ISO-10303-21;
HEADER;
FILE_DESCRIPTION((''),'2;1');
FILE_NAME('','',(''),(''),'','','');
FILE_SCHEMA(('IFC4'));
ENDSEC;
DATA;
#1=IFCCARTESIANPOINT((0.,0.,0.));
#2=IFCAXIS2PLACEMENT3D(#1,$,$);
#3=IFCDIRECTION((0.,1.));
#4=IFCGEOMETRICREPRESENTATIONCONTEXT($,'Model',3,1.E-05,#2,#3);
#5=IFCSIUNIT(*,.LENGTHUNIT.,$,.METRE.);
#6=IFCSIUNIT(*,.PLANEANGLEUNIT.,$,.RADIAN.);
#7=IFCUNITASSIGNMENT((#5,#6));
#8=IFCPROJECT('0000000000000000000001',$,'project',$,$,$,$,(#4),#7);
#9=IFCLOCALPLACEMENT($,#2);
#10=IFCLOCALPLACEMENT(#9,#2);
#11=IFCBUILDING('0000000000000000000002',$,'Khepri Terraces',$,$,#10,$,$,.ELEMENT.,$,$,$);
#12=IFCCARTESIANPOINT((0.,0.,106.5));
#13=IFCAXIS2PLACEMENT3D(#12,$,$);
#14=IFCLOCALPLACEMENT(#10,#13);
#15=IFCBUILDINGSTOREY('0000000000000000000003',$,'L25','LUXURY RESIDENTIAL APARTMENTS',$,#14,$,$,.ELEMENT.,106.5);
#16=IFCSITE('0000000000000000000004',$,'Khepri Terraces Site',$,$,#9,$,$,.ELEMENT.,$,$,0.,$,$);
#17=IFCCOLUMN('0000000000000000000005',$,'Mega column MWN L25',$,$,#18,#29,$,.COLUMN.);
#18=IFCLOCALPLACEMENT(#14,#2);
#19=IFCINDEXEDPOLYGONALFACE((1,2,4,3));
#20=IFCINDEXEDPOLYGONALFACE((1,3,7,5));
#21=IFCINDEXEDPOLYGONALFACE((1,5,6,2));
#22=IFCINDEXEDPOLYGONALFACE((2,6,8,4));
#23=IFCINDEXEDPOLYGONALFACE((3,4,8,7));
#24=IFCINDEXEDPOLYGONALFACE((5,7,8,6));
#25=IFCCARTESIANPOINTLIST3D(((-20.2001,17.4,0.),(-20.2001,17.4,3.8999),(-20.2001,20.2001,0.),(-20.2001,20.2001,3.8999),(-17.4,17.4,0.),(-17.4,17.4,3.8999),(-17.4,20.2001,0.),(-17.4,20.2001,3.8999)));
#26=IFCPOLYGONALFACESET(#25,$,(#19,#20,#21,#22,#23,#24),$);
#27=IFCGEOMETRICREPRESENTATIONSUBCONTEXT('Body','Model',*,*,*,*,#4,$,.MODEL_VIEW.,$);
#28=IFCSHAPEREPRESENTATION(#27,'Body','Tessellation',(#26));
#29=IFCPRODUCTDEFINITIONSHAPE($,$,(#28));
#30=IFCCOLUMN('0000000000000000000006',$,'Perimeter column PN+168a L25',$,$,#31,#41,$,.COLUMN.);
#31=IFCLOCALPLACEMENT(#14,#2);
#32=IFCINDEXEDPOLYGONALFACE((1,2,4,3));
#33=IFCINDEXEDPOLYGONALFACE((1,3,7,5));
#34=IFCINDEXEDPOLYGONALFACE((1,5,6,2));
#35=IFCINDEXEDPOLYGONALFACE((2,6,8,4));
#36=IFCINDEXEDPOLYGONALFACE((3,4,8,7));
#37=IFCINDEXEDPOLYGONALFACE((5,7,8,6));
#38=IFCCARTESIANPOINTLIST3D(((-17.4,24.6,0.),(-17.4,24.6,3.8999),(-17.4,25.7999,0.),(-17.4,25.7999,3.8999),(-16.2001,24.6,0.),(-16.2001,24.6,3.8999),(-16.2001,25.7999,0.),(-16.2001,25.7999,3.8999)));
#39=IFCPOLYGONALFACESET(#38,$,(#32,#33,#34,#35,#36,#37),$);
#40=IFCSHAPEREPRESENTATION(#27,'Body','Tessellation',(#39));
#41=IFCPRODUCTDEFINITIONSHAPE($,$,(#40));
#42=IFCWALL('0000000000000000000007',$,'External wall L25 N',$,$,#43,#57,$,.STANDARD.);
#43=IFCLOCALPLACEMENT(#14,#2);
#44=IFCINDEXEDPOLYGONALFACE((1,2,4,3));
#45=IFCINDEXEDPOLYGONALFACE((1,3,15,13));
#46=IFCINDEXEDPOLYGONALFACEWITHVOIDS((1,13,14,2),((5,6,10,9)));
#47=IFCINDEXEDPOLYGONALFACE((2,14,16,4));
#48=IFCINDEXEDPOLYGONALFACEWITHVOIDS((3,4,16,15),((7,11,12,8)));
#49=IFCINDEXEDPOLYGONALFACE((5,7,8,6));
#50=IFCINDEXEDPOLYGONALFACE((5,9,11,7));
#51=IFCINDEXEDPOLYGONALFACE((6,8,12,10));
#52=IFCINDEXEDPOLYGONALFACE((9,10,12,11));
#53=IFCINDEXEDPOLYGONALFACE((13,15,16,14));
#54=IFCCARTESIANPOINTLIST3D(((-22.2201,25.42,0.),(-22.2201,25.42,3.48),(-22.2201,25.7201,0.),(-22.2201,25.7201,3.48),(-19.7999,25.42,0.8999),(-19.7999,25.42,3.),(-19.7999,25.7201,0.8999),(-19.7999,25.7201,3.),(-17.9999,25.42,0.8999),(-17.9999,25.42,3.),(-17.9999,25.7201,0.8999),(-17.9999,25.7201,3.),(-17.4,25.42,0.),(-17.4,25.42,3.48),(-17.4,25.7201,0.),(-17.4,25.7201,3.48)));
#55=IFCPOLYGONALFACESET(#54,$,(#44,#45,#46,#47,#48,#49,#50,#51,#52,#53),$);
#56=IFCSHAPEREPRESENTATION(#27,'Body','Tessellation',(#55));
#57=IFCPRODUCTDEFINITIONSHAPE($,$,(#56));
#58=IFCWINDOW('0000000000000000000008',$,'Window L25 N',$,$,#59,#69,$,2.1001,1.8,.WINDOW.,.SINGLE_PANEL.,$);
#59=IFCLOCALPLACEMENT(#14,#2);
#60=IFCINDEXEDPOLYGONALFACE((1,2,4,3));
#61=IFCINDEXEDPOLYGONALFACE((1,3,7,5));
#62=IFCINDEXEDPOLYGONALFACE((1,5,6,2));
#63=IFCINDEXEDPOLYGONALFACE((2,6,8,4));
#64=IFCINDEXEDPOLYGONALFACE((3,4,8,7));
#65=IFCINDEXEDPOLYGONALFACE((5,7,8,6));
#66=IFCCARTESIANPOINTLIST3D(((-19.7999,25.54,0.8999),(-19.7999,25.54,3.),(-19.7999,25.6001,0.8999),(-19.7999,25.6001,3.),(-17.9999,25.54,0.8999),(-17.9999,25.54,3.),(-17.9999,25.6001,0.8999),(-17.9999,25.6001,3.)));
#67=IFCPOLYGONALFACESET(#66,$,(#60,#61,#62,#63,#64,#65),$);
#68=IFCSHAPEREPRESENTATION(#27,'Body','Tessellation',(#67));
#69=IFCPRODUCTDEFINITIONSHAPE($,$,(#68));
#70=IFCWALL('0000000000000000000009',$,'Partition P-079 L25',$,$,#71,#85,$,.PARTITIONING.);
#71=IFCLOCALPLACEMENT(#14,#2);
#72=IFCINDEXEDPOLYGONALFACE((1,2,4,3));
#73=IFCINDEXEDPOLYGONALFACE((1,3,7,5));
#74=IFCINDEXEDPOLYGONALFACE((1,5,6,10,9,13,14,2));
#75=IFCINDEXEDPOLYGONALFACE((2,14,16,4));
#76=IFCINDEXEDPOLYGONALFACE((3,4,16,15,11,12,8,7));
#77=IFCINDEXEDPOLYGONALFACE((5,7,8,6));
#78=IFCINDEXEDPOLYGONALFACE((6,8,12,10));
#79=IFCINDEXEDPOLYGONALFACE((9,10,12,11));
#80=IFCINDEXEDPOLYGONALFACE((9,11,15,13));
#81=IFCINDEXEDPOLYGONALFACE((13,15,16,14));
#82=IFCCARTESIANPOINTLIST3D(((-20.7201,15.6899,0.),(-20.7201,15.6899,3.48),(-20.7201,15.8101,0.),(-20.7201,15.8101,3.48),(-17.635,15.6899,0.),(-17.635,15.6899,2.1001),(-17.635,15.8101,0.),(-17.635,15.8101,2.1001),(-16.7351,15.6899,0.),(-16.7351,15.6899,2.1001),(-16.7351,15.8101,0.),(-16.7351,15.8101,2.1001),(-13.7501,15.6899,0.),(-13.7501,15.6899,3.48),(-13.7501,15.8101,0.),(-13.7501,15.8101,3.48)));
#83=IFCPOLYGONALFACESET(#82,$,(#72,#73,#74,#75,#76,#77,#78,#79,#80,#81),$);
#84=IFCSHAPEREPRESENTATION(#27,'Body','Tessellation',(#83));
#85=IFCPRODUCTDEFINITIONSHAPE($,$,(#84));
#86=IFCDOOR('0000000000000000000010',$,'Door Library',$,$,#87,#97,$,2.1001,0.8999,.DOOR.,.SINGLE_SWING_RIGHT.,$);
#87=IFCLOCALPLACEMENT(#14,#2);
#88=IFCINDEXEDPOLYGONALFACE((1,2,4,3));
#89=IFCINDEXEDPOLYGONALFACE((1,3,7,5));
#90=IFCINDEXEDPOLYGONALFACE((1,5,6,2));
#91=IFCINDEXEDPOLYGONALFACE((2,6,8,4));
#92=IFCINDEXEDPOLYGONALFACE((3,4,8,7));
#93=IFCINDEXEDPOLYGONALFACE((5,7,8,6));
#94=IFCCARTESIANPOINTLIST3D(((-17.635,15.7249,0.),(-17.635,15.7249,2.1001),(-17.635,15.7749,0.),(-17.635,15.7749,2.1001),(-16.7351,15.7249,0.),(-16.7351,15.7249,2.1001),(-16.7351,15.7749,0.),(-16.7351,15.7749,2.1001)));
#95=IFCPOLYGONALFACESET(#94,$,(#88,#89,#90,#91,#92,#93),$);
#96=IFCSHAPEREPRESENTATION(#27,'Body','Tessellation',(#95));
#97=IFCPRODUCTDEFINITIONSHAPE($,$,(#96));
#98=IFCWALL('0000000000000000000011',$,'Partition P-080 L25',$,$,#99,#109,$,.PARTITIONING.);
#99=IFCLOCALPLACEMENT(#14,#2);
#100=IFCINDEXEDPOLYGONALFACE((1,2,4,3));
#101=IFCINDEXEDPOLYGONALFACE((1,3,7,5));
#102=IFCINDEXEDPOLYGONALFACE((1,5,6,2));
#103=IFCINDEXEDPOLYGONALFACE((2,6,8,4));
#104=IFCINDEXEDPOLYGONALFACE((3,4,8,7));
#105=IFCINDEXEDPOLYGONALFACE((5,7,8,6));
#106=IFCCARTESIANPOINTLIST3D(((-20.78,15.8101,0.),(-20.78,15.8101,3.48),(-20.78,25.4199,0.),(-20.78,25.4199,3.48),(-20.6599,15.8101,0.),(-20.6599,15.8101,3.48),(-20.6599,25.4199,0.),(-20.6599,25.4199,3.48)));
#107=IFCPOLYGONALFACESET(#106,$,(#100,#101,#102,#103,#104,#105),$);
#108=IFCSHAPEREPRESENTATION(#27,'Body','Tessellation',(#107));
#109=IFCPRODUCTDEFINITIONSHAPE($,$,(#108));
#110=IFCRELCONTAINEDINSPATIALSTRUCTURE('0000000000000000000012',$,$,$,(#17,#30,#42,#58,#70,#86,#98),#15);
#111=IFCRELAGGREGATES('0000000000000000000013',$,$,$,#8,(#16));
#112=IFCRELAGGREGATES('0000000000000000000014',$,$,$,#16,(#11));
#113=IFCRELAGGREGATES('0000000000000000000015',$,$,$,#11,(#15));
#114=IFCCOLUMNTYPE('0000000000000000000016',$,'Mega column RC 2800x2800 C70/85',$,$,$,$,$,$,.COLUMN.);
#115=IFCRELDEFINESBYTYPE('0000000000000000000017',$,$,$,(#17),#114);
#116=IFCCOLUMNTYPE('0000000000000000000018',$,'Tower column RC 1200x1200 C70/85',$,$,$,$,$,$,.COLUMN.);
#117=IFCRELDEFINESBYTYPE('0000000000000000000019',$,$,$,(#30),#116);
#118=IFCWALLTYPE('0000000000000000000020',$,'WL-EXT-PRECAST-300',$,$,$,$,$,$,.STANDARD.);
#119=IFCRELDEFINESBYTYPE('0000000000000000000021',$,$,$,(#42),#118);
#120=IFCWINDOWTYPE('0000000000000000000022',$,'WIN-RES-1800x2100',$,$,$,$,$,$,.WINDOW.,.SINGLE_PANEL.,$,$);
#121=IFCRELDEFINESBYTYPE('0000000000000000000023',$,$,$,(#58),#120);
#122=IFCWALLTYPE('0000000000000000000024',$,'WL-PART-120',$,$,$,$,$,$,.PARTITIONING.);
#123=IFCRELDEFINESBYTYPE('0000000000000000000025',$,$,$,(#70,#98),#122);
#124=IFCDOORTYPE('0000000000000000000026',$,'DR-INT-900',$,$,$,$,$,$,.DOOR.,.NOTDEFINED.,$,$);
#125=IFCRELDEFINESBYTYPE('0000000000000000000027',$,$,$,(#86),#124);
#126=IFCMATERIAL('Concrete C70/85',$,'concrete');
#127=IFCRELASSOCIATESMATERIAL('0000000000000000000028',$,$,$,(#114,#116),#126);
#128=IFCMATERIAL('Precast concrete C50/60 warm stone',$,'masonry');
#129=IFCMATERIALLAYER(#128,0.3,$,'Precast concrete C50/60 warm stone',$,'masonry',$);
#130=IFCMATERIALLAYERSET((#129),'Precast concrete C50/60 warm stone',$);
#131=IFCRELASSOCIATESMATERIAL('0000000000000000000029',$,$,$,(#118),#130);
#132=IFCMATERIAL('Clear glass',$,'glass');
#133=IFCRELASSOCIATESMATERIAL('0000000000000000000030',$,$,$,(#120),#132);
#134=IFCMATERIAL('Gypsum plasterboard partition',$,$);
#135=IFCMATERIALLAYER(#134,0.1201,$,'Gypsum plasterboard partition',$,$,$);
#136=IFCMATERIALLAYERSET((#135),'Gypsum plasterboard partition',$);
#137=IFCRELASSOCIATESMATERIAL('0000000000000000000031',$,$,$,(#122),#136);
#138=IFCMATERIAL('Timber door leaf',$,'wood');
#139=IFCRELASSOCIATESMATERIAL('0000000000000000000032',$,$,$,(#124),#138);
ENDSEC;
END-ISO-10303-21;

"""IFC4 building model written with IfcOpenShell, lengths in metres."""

from ifc_helpers import new_model, si_unit, direction, frame, frame_2d, origin, origin_2d, place, context, subcontext, project, spatial, rectangle, extrude, material, layer, layer_set, material_profile, profile_set, type_object, element, fill, save


model = new_model("IFC4")

# Units and contexts
model_context = context("Model", 3, precision=1e-05, world=origin(), true_north=direction((0.0, 1.0)))
body_context = subcontext(model_context, "Body", "Model", "MODEL_VIEW")
ifc_project = project(units=[si_unit("LENGTHUNIT", "METRE"), si_unit("PLANEANGLEUNIT", "RADIAN")], contexts=[model_context])

# Site, building, storey
site_placement = place(None, origin())
site = spatial("IfcSite", under=ifc_project, at=site_placement, Name="Khepri Terraces Site", CompositionType="ELEMENT", RefElevation=0.0)
building_placement = place(site_placement, origin())
building = spatial("IfcBuilding", under=site, at=building_placement, Name="Khepri Terraces", CompositionType="ELEMENT")
storey_placement = place(building_placement, frame((0.0, 0.0, 106.5)))
storey = spatial("IfcBuildingStorey", under=building, at=storey_placement, Name="L25", Description="LUXURY RESIDENTIAL APARTMENTS", CompositionType="ELEMENT", Elevation=106.5)

# Columns
ifc_material_1 = material(Name="Concrete C70/85", Category="concrete")
ifc_material_profile_1 = material_profile(ifc_material_1, rectangle(XDim=2.8, YDim=2.8, at=origin_2d()), Name="Concrete C70/85", Category="concrete")
ifc_profile_set_1 = profile_set([ifc_material_profile_1], Name="Concrete C70/85")
column_type_1 = type_object("IfcColumnType", Name="Mega column RC 2800x2800 C70/85", PredefinedType="COLUMN", material=ifc_profile_set_1)
column_1_placement = place(storey_placement, frame((-18.8, 18.8, 0.0), z_axis=(0.0, 0.0, 1.0), x_axis=(1.0, 0.0, 0.0)))
element("IfcColumn", 1, at=column_1_placement, inside=storey, type_object=column_type_1, Name="Mega column MWN L25", PredefinedType="COLUMN", context=body_context, shape_type="SweptSolid", body=[
    extrude(rectangle(XDim=2.8, YDim=2.8, at=origin_2d()), origin(), (0.0, 0.0, 1.0), 3.8999),
])
ifc_material_profile_2 = material_profile(ifc_material_1, rectangle(XDim=1.2, YDim=1.2, at=origin_2d()), Name="Concrete C70/85", Category="concrete")
ifc_profile_set_2 = profile_set([ifc_material_profile_2], Name="Concrete C70/85")
column_type_2 = type_object("IfcColumnType", Name="Tower column RC 1200x1200 C70/85", PredefinedType="COLUMN", material=ifc_profile_set_2)
column_2_placement = place(storey_placement, frame((-16.8, 25.2, 0.0), z_axis=(0.0, 0.0, 1.0), x_axis=(1.0, 0.0, 0.0)))
element("IfcColumn", 2, at=column_2_placement, inside=storey, type_object=column_type_2, Name="Perimeter column PN+168a L25", PredefinedType="COLUMN", context=body_context, shape_type="SweptSolid", body=[
    extrude(rectangle(XDim=1.2, YDim=1.2, at=origin_2d()), origin(), (0.0, 0.0, 1.0), 3.8999),
])

# Wall, opening, window
ifc_material_2 = material(Name="Precast concrete C50/60 warm stone", Category="masonry")
ifc_layer_1 = layer(ifc_material_2, 0.3, Name="Precast concrete C50/60 warm stone", Category="masonry")
ifc_layer_set_1 = layer_set([ifc_layer_1], Name="Precast concrete C50/60 warm stone")
wall_type_1 = type_object("IfcWallType", Name="WL-EXT-PRECAST-300", PredefinedType="STANDARD", material=ifc_layer_set_1)
wall_1_placement = place(storey_placement, frame((-17.3999, 25.5701, 0.0), z_axis=(0.0, 0.0, 1.0), x_axis=(-1.0, 0.0, 0.0)))
wall_1 = element("IfcWall", 3, at=wall_1_placement, inside=storey, type_object=wall_type_1, Name="External wall L25 N", PredefinedType="STANDARD", context=body_context, shape_type="SweptSolid", body=[
    extrude(rectangle(XDim=4.8201, YDim=0.3, at=frame_2d((2.4102, 0.0))), origin(), (0.0, 0.0, 1.0), 3.48),
])
opening_1_placement = place(wall_1_placement, frame((0.6001, 0.0, 0.8999)))
opening_1 = element("IfcOpeningElement", 4, at=opening_1_placement, cuts=wall_1, PredefinedType="OPENING", context=body_context, shape_type="SweptSolid", body=[
    extrude(rectangle(XDim=1.8, YDim=2.1001, at=frame_2d((0.8999, 1.05))), frame((0.0, 0.1602, 0.0), z_axis=(0.0, -1.0, 0.0), x_axis=(1.0, 0.0, 0.0)), (0.0, 0.0, 1.0), 0.3201),
])
ifc_material_3 = material(Name="Clear glass", Category="glass")
window_type = type_object("IfcWindowType", Name="WIN-RES-1800x2100", PartitioningType="SINGLE_PANEL", PredefinedType="WINDOW", material=ifc_material_3)
window_placement = place(opening_1_placement, origin())
window = element("IfcWindow", 5, at=window_placement, inside=storey, type_object=window_type, Name="Window L25 N", OverallHeight=2.1001, OverallWidth=1.8, PartitioningType="SINGLE_PANEL", PredefinedType="WINDOW", context=body_context, shape_type="SweptSolid", body=[
    extrude(rectangle(XDim=1.8, YDim=2.1001, at=frame_2d((0.8999, 1.05))), frame((0.0, 0.03, 0.0), z_axis=(0.0, -1.0, 0.0), x_axis=(1.0, 0.0, 0.0)), (0.0, 0.0, 1.0), 0.0601),
])
fill(opening_1, window)

# Wall, opening, door
ifc_material_4 = material(Name="Gypsum plasterboard partition")
ifc_layer_2 = layer(ifc_material_4, 0.1201, Name="Gypsum plasterboard partition")
ifc_layer_set_2 = layer_set([ifc_layer_2], Name="Gypsum plasterboard partition")
wall_type_2 = type_object("IfcWallType", Name="WL-PART-120", PredefinedType="PARTITIONING", material=ifc_layer_set_2)
wall_2_placement = place(storey_placement, frame((-20.72, 15.75, 0.0), z_axis=(0.0, 0.0, 1.0), x_axis=(1.0, 0.0, 0.0)))
wall_2 = element("IfcWall", 6, at=wall_2_placement, inside=storey, type_object=wall_type_2, Name="Partition P-079 L25", PredefinedType="PARTITIONING", context=body_context, shape_type="SweptSolid", body=[
    extrude(rectangle(XDim=6.97, YDim=0.1201, at=frame_2d((3.4849, 0.0))), origin(), (0.0, 0.0, 1.0), 3.48),
])
opening_2_placement = place(wall_2_placement, frame((3.085, 0.0, 0.0)))
opening_2 = element("IfcOpeningElement", 7, at=opening_2_placement, cuts=wall_2, PredefinedType="OPENING", context=body_context, shape_type="SweptSolid", body=[
    extrude(rectangle(XDim=0.8999, YDim=2.1001, at=frame_2d((0.45, 1.05))), frame((0.0, 0.0701, 0.0), z_axis=(0.0, -1.0, 0.0), x_axis=(1.0, 0.0, 0.0)), (0.0, 0.0, 1.0), 0.1401),
])
ifc_material_5 = material(Name="Timber door leaf", Category="wood")
door_type_1 = type_object("IfcDoorType", Name="DR-INT-900", OperationType="NOTDEFINED", PredefinedType="DOOR", material=ifc_material_5)
door_1_placement = place(opening_2_placement, origin())
door_1 = element("IfcDoor", 8, at=door_1_placement, inside=storey, type_object=door_type_1, Name="Door Library", OperationType="SINGLE_SWING_RIGHT", OverallHeight=2.1001, OverallWidth=0.8999, PredefinedType="DOOR", context=body_context, shape_type="SweptSolid", body=[
    extrude(rectangle(XDim=0.8999, YDim=2.1001, at=frame_2d((0.45, 1.05))), frame((0.0, 0.0249, 0.0), z_axis=(0.0, -1.0, 0.0), x_axis=(1.0, 0.0, 0.0)), (0.0, 0.0, 1.0), 0.05),
])
fill(opening_2, door_1)

# Wall
wall_3_placement = place(storey_placement, frame((-20.72, 15.8101, 0.0), z_axis=(0.0, 0.0, 1.0), x_axis=(0.0, 1.0, 0.0)))
element("IfcWall", 9, at=wall_3_placement, inside=storey, type_object=wall_type_2, Name="Partition P-080 L25", PredefinedType="PARTITIONING", context=body_context, shape_type="SweptSolid", body=[
    extrude(rectangle(XDim=9.6099, YDim=0.1201, at=frame_2d((4.8049, 0.0))), origin(), (0.0, 0.0, 1.0), 3.48),
])

save(model, "model.ifc")
